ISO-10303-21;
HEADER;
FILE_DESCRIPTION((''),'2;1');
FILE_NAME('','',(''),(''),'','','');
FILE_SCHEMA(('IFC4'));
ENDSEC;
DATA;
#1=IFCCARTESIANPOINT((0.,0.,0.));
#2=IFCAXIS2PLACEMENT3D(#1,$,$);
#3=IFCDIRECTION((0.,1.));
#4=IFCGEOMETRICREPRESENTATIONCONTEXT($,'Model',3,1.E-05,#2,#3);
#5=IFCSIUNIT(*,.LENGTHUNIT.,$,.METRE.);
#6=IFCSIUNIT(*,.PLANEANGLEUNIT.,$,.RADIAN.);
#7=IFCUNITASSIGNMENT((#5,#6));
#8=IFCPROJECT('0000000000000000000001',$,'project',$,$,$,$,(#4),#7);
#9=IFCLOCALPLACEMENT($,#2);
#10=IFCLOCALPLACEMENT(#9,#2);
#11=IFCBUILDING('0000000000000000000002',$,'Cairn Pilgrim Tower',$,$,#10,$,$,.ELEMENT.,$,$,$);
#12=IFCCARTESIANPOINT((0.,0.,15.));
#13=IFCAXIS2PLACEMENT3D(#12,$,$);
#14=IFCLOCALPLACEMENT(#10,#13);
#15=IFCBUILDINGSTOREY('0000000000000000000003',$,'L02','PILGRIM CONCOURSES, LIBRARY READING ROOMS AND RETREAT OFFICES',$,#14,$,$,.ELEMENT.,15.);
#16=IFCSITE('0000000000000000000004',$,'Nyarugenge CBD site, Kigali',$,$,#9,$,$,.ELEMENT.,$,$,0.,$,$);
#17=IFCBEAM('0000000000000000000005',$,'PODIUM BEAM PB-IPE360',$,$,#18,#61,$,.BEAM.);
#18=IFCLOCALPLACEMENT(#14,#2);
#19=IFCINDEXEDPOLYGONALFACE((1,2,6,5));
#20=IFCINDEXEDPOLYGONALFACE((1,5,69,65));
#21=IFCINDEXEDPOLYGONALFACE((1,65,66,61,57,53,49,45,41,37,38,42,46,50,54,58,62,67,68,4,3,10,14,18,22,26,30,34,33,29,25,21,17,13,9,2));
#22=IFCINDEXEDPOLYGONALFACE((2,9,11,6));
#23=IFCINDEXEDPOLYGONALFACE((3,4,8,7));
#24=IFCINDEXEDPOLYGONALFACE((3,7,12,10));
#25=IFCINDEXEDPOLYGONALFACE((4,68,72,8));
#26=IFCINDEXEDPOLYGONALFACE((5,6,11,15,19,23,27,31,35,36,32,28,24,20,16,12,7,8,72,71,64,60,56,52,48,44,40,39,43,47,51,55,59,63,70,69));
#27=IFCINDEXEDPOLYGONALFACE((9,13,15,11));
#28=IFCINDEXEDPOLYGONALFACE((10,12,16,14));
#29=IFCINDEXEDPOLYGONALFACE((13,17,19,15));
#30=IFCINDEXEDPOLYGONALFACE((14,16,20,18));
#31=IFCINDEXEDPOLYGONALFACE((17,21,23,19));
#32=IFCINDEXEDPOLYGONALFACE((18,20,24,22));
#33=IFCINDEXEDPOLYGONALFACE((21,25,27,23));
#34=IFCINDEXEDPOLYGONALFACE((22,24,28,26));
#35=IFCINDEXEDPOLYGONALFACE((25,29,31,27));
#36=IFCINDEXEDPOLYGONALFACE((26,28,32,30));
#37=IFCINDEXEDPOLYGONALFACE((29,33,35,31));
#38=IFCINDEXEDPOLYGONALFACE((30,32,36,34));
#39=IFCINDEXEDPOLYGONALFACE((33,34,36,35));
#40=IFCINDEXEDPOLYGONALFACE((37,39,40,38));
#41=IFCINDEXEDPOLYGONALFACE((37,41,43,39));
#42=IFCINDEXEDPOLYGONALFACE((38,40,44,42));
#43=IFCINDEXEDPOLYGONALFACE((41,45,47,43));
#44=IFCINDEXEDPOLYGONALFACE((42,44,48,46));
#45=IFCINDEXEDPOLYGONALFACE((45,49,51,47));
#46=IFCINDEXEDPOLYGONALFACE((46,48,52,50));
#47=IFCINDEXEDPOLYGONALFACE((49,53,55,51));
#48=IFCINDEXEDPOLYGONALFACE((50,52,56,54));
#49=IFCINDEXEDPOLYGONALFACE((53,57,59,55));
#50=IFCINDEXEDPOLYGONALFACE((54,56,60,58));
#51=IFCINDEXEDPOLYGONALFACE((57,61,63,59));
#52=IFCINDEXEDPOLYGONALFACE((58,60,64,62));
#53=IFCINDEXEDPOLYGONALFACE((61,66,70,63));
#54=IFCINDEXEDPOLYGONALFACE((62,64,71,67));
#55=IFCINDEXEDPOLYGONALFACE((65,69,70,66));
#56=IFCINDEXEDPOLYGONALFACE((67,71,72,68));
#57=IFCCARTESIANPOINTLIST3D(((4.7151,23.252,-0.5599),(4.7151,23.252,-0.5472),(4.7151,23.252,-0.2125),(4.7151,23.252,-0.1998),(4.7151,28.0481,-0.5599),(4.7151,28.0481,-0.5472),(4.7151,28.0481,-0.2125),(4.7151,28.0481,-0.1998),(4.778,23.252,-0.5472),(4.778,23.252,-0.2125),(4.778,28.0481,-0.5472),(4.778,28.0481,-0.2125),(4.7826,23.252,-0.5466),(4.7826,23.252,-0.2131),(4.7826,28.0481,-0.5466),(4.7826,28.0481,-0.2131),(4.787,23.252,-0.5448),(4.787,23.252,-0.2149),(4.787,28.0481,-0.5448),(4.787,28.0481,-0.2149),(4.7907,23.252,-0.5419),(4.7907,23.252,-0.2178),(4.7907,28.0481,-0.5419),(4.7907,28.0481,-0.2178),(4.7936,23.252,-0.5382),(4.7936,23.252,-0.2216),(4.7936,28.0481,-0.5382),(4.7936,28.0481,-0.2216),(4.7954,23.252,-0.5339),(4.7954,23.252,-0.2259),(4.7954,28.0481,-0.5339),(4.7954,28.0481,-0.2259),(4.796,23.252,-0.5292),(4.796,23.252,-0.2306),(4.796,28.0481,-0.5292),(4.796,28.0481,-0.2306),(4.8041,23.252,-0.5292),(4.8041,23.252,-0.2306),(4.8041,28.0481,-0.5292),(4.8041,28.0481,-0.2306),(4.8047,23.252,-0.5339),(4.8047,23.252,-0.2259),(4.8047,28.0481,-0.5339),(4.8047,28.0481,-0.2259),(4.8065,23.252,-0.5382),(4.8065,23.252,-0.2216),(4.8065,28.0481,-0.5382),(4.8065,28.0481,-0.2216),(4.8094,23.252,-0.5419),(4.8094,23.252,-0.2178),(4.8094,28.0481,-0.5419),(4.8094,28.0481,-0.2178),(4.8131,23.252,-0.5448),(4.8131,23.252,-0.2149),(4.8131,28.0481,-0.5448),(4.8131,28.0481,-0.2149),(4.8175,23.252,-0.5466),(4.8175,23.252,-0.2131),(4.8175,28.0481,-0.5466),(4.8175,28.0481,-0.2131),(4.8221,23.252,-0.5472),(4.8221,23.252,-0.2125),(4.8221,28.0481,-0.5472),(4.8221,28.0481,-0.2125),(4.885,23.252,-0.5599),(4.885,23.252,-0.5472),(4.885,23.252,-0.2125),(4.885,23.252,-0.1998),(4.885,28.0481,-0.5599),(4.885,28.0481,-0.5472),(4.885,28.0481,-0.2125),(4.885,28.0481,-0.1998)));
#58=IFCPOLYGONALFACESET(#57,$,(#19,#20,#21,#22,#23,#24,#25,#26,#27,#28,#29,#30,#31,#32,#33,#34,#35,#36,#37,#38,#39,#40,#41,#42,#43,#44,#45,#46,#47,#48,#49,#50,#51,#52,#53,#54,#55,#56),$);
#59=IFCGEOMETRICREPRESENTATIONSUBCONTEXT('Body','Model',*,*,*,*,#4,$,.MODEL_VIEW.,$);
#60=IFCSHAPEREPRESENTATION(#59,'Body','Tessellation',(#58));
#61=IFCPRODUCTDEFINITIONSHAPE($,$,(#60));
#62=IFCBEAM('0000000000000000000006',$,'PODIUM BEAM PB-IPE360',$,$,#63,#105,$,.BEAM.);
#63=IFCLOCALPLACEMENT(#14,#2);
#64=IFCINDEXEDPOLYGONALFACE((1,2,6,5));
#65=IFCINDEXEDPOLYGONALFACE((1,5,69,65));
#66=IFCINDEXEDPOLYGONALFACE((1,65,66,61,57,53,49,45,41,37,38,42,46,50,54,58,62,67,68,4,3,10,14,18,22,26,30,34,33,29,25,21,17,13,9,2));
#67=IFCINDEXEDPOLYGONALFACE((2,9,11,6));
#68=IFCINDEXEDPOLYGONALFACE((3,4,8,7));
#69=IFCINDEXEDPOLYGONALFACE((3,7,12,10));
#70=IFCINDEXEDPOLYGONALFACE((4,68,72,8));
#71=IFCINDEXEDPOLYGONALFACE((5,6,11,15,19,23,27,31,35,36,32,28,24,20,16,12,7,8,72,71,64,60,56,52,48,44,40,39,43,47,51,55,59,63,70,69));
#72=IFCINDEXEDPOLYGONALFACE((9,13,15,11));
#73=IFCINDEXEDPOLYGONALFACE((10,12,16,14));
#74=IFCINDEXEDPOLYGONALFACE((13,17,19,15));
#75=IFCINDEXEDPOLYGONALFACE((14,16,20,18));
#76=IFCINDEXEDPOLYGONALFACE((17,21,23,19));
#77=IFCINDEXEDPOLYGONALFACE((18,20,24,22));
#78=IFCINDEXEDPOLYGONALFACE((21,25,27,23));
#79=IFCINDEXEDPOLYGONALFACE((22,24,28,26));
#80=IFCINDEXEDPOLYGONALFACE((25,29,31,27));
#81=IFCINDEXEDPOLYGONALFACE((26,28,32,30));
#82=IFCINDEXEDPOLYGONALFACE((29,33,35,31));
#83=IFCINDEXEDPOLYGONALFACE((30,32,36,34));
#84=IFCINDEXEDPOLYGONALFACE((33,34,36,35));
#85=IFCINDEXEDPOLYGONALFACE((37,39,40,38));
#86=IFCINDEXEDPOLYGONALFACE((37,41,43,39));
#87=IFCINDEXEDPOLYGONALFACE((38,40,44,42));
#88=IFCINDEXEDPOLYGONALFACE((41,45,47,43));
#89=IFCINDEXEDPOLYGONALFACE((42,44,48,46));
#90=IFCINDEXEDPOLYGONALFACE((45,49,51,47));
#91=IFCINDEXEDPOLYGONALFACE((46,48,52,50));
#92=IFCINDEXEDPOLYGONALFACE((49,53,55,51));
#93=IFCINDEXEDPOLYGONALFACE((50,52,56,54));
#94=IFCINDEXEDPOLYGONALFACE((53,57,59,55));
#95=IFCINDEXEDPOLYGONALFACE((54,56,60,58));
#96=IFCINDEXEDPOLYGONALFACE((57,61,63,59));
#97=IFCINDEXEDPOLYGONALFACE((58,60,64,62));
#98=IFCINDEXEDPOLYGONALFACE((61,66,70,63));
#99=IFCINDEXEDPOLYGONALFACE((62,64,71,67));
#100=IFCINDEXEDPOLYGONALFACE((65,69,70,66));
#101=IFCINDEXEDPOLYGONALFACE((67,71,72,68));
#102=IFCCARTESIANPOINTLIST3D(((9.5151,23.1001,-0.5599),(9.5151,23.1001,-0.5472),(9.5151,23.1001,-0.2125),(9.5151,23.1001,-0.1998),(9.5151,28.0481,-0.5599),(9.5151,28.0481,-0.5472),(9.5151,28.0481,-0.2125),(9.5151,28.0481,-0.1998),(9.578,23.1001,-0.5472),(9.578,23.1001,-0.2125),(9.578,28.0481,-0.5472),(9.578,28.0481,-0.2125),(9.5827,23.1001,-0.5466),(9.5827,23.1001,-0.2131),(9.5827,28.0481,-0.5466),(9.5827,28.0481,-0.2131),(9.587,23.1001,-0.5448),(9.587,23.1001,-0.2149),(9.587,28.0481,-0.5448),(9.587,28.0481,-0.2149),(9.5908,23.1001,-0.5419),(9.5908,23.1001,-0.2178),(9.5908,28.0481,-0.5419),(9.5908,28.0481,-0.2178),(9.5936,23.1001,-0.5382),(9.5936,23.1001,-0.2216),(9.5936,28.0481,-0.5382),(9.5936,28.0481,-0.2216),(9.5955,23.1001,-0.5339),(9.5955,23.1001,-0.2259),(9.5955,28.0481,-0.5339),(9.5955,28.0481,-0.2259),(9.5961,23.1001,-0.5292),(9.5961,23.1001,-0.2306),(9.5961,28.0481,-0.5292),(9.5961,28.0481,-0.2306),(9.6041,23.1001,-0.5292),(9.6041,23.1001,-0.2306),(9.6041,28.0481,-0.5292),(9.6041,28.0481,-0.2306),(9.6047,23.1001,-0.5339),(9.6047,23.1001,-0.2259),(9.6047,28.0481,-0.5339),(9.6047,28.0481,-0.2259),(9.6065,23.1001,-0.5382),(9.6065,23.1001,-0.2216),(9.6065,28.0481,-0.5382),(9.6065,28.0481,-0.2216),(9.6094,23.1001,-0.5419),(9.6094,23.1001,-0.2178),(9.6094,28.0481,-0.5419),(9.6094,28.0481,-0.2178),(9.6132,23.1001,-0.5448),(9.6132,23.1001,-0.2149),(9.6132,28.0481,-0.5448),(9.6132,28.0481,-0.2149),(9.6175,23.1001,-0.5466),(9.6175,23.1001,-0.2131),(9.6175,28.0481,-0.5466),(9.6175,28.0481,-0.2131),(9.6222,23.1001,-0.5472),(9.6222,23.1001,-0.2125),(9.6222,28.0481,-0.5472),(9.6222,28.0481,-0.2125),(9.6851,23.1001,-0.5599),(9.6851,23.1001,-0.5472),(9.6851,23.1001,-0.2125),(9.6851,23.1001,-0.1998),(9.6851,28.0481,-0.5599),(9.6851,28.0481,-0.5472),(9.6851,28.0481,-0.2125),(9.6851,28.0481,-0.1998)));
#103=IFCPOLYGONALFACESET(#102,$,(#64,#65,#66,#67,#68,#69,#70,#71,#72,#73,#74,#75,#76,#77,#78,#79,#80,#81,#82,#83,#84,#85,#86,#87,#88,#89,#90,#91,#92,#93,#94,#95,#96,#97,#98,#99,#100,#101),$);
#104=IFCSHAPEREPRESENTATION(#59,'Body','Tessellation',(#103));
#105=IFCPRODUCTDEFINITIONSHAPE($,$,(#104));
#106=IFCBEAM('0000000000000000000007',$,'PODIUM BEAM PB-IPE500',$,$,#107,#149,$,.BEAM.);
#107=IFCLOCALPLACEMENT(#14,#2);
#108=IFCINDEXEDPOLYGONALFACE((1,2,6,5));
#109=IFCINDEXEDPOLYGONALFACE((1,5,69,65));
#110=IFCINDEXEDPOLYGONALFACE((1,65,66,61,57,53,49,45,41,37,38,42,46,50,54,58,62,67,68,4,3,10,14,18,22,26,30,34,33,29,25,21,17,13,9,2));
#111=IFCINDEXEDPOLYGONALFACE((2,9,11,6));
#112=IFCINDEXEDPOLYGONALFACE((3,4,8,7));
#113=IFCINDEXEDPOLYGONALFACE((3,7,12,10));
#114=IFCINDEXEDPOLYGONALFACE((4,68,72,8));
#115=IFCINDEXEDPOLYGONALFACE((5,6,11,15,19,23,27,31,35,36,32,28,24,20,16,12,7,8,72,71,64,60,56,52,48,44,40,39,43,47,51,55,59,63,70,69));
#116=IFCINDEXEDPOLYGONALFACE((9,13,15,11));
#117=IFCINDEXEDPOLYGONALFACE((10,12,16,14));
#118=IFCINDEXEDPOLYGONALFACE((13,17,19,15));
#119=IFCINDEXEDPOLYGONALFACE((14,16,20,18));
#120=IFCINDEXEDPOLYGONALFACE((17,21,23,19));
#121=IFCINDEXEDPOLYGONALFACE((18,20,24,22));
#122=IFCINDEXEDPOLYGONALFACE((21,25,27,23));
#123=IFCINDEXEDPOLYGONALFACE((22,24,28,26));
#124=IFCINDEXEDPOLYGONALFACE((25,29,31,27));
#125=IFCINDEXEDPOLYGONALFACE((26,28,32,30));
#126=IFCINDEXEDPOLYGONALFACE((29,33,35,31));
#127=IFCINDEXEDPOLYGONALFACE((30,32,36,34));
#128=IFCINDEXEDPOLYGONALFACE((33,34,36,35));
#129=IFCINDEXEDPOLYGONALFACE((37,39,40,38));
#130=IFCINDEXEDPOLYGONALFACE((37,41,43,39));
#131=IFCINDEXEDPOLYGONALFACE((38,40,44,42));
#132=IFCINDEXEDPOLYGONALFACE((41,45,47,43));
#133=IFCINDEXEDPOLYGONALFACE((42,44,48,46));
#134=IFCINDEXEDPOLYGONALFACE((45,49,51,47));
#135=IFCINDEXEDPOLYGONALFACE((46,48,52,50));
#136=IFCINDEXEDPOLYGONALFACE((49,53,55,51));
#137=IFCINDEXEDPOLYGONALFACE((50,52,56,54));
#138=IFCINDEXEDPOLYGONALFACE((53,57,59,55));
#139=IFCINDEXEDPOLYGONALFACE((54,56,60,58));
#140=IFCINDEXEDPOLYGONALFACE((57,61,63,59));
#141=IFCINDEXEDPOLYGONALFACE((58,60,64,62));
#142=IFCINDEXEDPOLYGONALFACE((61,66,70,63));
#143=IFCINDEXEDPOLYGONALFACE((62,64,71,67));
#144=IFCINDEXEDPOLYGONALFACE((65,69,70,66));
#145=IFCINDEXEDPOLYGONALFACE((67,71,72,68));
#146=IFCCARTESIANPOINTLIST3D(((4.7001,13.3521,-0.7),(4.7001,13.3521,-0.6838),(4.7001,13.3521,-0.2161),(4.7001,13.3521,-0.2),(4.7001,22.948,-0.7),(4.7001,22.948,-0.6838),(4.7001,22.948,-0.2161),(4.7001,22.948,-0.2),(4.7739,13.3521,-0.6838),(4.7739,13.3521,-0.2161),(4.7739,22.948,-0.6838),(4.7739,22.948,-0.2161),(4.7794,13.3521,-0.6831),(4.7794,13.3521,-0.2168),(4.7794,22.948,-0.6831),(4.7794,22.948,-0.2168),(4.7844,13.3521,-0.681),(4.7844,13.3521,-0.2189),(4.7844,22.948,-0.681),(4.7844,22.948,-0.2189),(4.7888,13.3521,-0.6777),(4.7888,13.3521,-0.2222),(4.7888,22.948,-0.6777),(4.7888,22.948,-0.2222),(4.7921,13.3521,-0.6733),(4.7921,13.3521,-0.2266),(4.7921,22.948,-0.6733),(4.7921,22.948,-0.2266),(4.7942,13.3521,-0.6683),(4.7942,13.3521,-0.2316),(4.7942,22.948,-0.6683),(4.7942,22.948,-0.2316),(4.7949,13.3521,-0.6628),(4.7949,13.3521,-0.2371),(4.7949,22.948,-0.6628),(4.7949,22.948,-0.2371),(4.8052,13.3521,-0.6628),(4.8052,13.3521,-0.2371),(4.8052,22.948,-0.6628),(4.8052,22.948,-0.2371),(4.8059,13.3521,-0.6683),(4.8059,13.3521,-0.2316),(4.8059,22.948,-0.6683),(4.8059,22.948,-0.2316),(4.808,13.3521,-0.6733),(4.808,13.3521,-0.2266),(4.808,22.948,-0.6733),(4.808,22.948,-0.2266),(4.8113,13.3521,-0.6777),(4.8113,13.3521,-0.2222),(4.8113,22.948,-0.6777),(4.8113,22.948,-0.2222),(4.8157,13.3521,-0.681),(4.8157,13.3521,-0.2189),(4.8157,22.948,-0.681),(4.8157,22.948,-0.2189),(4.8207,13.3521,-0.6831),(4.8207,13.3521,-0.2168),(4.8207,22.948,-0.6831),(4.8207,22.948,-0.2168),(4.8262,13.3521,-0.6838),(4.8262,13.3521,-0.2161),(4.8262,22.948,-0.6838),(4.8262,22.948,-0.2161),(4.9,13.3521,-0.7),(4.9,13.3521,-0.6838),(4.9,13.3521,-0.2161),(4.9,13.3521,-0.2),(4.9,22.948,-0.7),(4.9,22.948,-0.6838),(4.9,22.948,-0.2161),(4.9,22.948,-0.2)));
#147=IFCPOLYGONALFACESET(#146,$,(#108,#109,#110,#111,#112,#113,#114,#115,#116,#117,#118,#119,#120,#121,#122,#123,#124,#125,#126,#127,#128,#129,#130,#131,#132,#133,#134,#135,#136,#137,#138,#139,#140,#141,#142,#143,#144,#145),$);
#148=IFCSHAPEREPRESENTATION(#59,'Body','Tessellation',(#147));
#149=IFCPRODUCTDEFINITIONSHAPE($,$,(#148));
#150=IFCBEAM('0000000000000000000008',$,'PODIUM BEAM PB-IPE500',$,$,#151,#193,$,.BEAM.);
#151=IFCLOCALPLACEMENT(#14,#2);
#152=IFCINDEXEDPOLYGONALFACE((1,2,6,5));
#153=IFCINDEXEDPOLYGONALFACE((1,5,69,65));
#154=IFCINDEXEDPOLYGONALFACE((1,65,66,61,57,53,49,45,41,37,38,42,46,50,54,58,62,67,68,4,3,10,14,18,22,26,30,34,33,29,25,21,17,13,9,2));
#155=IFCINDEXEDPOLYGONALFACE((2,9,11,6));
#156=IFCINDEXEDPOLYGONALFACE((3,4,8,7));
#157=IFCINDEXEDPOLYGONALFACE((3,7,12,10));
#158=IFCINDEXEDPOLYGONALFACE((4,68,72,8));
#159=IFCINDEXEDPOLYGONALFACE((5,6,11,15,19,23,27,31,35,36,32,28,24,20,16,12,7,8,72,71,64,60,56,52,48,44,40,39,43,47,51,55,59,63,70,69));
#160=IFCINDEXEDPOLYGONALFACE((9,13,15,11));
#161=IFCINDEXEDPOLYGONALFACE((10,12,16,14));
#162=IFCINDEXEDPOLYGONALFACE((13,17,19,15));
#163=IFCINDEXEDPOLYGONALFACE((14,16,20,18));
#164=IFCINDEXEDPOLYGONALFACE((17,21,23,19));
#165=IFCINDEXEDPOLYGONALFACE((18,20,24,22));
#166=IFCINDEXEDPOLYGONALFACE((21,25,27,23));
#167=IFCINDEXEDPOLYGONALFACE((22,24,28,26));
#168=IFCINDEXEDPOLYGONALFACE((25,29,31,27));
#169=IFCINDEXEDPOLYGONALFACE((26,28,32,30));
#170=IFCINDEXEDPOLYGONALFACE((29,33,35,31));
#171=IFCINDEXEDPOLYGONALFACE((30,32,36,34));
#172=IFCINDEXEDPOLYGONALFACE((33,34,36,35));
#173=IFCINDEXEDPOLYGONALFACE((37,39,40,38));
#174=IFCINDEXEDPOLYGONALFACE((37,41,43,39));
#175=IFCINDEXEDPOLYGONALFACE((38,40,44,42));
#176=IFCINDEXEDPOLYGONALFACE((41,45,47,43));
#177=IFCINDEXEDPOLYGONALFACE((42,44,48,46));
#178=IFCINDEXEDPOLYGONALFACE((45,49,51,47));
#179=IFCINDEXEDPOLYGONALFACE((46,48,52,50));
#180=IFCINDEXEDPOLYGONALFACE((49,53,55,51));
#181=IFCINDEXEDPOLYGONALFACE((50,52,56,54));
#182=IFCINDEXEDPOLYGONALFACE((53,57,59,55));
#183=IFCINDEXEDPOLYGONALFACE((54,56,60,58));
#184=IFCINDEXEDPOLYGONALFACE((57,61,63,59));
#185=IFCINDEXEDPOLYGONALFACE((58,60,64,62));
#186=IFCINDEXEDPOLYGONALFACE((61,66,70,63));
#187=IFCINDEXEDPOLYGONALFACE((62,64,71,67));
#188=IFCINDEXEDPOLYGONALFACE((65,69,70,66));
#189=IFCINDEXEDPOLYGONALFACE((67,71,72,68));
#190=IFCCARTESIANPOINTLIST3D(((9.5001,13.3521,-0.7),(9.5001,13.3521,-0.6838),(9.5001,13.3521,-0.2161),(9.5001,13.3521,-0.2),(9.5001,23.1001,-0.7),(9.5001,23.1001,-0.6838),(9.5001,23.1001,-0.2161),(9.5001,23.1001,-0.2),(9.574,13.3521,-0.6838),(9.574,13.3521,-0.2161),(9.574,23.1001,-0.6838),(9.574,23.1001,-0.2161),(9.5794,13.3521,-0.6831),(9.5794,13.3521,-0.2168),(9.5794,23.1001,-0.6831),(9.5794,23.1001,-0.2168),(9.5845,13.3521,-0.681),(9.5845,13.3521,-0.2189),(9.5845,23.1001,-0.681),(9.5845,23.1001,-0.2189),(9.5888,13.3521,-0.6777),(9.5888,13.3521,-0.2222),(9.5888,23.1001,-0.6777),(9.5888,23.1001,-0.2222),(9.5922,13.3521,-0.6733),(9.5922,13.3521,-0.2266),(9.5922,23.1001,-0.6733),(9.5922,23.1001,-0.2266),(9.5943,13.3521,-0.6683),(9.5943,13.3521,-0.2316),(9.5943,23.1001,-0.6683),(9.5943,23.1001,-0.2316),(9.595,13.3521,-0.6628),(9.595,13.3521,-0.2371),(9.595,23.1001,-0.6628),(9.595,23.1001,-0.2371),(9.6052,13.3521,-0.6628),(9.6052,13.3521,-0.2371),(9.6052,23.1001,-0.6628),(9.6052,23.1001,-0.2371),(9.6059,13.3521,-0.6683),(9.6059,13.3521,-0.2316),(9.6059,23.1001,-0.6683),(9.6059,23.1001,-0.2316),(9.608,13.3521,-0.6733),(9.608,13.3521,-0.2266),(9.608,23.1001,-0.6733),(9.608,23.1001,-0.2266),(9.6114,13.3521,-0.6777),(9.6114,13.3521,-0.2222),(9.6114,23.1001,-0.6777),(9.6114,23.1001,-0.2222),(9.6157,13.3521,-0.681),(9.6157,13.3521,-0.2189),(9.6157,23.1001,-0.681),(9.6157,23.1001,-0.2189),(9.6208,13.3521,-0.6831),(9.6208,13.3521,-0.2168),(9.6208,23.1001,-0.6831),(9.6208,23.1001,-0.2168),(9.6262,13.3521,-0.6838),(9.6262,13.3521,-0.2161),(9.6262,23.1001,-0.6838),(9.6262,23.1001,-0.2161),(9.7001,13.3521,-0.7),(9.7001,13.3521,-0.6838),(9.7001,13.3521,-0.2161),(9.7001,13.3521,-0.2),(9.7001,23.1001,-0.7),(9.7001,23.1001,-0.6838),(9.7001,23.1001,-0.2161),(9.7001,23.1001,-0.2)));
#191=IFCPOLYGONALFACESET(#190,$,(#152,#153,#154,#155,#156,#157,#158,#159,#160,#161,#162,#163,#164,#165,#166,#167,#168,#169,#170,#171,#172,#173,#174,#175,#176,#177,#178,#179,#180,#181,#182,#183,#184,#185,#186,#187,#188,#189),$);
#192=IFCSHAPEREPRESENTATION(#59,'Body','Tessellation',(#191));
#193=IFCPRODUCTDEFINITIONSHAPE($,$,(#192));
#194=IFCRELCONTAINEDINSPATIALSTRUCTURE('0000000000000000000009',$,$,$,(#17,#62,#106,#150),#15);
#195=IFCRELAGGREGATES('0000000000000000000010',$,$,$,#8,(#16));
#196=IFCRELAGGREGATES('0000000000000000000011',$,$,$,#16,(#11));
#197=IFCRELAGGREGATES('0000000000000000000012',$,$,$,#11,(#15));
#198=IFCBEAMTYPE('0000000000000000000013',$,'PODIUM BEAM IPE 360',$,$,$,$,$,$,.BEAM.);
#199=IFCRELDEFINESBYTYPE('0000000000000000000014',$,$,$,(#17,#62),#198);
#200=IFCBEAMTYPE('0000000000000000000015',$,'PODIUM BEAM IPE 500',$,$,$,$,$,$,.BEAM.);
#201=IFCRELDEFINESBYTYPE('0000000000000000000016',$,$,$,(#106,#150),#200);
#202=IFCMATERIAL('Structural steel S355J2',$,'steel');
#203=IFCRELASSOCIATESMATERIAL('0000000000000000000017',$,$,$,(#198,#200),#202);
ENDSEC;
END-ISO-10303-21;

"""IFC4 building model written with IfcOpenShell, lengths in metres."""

from ifc_helpers import new_model, si_unit, direction, frame, origin, origin_2d, place, context, subcontext, project, spatial, i_section, extrude, material, material_profile, profile_set, type_object, element, save


model = new_model("IFC4")

# Units and contexts
model_context = context("Model", 3, precision=1e-05, world=origin(), true_north=direction((0.0, 1.0)))
body_context = subcontext(model_context, "Body", "Model", "MODEL_VIEW")
ifc_project = project(units=[si_unit("LENGTHUNIT", "METRE"), si_unit("PLANEANGLEUNIT", "RADIAN")], contexts=[model_context])

# Site, building, storey
site_placement = place(None, origin())
site = spatial("IfcSite", under=ifc_project, at=site_placement, Name="Nyarugenge CBD site, Kigali", CompositionType="ELEMENT", RefElevation=0.0)
building_placement = place(site_placement, origin())
building = spatial("IfcBuilding", under=site, at=building_placement, Name="Cairn Pilgrim Tower", CompositionType="ELEMENT")
storey_placement = place(building_placement, frame((0.0, 0.0, 15.0)))
storey = spatial("IfcBuildingStorey", under=building, at=storey_placement, Name="L02", Description="PILGRIM CONCOURSES, LIBRARY READING ROOMS AND RETREAT OFFICES", CompositionType="ELEMENT", Elevation=15.0)

# Beams
ifc_material_1 = material(Name="Structural steel S355J2", Category="steel")
ifc_material_profile_1 = material_profile(ifc_material_1, i_section(OverallWidth=0.1699, OverallDepth=0.3601, WebThickness=0.0081, FlangeThickness=0.0127, FilletRadius=0.0181, at=origin_2d()), Name="IPE 360")
ifc_profile_set_1 = profile_set([ifc_material_profile_1], Name="Structural steel S355J2")
beam_type_1 = type_object("IfcBeamType", Name="PODIUM BEAM IPE 360", PredefinedType="BEAM", material=ifc_profile_set_1)
beam_1_placement = place(storey_placement, frame((4.8, 23.252, -0.3799), z_axis=(0.0, 1.0, 0.0), x_axis=(-1.0, 0.0, 0.0)))
element("IfcBeam", 1, at=beam_1_placement, inside=storey, type_object=beam_type_1, Name="PODIUM BEAM PB-IPE360", PredefinedType="BEAM", context=body_context, shape_type="SweptSolid", body=[
    extrude(i_section(OverallWidth=0.1699, OverallDepth=0.3601, WebThickness=0.0081, FlangeThickness=0.0127, FilletRadius=0.0181, at=origin_2d()), origin(), (0.0, 0.0, 1.0), 4.7961),
])
beam_2_placement = place(storey_placement, frame((9.6001, 23.1001, -0.3799), z_axis=(0.0, 1.0, 0.0), x_axis=(-1.0, 0.0, 0.0)))
element("IfcBeam", 2, at=beam_2_placement, inside=storey, type_object=beam_type_1, Name="PODIUM BEAM PB-IPE360", PredefinedType="BEAM", context=body_context, shape_type="SweptSolid", body=[
    extrude(i_section(OverallWidth=0.1699, OverallDepth=0.3601, WebThickness=0.0081, FlangeThickness=0.0127, FilletRadius=0.0181, at=origin_2d()), origin(), (0.0, 0.0, 1.0), 4.948),
])
ifc_material_profile_2 = material_profile(ifc_material_1, i_section(OverallWidth=0.2, OverallDepth=0.5, WebThickness=0.0103, FlangeThickness=0.0161, FilletRadius=0.021, at=origin_2d()), Name="IPE 500")
ifc_profile_set_2 = profile_set([ifc_material_profile_2], Name="Structural steel S355J2")
beam_type_2 = type_object("IfcBeamType", Name="PODIUM BEAM IPE 500", PredefinedType="BEAM", material=ifc_profile_set_2)
beam_3_placement = place(storey_placement, frame((4.8, 13.3521, -0.45), z_axis=(0.0, 1.0, 0.0), x_axis=(-1.0, 0.0, 0.0)))
element("IfcBeam", 3, at=beam_3_placement, inside=storey, type_object=beam_type_2, Name="PODIUM BEAM PB-IPE500", PredefinedType="BEAM", context=body_context, shape_type="SweptSolid", body=[
    extrude(i_section(OverallWidth=0.2, OverallDepth=0.5, WebThickness=0.0103, FlangeThickness=0.0161, FilletRadius=0.021, at=origin_2d()), origin(), (0.0, 0.0, 1.0), 9.5959),
])
beam_4_placement = place(storey_placement, frame((9.6001, 13.3521, -0.45), z_axis=(0.0, 1.0, 0.0), x_axis=(-1.0, 0.0, 0.0)))
element("IfcBeam", 4, at=beam_4_placement, inside=storey, type_object=beam_type_2, Name="PODIUM BEAM PB-IPE500", PredefinedType="BEAM", context=body_context, shape_type="SweptSolid", body=[
    extrude(i_section(OverallWidth=0.2, OverallDepth=0.5, WebThickness=0.0103, FlangeThickness=0.0161, FilletRadius=0.021, at=origin_2d()), origin(), (0.0, 0.0, 1.0), 9.748),
])

save(model, "model.ifc")
